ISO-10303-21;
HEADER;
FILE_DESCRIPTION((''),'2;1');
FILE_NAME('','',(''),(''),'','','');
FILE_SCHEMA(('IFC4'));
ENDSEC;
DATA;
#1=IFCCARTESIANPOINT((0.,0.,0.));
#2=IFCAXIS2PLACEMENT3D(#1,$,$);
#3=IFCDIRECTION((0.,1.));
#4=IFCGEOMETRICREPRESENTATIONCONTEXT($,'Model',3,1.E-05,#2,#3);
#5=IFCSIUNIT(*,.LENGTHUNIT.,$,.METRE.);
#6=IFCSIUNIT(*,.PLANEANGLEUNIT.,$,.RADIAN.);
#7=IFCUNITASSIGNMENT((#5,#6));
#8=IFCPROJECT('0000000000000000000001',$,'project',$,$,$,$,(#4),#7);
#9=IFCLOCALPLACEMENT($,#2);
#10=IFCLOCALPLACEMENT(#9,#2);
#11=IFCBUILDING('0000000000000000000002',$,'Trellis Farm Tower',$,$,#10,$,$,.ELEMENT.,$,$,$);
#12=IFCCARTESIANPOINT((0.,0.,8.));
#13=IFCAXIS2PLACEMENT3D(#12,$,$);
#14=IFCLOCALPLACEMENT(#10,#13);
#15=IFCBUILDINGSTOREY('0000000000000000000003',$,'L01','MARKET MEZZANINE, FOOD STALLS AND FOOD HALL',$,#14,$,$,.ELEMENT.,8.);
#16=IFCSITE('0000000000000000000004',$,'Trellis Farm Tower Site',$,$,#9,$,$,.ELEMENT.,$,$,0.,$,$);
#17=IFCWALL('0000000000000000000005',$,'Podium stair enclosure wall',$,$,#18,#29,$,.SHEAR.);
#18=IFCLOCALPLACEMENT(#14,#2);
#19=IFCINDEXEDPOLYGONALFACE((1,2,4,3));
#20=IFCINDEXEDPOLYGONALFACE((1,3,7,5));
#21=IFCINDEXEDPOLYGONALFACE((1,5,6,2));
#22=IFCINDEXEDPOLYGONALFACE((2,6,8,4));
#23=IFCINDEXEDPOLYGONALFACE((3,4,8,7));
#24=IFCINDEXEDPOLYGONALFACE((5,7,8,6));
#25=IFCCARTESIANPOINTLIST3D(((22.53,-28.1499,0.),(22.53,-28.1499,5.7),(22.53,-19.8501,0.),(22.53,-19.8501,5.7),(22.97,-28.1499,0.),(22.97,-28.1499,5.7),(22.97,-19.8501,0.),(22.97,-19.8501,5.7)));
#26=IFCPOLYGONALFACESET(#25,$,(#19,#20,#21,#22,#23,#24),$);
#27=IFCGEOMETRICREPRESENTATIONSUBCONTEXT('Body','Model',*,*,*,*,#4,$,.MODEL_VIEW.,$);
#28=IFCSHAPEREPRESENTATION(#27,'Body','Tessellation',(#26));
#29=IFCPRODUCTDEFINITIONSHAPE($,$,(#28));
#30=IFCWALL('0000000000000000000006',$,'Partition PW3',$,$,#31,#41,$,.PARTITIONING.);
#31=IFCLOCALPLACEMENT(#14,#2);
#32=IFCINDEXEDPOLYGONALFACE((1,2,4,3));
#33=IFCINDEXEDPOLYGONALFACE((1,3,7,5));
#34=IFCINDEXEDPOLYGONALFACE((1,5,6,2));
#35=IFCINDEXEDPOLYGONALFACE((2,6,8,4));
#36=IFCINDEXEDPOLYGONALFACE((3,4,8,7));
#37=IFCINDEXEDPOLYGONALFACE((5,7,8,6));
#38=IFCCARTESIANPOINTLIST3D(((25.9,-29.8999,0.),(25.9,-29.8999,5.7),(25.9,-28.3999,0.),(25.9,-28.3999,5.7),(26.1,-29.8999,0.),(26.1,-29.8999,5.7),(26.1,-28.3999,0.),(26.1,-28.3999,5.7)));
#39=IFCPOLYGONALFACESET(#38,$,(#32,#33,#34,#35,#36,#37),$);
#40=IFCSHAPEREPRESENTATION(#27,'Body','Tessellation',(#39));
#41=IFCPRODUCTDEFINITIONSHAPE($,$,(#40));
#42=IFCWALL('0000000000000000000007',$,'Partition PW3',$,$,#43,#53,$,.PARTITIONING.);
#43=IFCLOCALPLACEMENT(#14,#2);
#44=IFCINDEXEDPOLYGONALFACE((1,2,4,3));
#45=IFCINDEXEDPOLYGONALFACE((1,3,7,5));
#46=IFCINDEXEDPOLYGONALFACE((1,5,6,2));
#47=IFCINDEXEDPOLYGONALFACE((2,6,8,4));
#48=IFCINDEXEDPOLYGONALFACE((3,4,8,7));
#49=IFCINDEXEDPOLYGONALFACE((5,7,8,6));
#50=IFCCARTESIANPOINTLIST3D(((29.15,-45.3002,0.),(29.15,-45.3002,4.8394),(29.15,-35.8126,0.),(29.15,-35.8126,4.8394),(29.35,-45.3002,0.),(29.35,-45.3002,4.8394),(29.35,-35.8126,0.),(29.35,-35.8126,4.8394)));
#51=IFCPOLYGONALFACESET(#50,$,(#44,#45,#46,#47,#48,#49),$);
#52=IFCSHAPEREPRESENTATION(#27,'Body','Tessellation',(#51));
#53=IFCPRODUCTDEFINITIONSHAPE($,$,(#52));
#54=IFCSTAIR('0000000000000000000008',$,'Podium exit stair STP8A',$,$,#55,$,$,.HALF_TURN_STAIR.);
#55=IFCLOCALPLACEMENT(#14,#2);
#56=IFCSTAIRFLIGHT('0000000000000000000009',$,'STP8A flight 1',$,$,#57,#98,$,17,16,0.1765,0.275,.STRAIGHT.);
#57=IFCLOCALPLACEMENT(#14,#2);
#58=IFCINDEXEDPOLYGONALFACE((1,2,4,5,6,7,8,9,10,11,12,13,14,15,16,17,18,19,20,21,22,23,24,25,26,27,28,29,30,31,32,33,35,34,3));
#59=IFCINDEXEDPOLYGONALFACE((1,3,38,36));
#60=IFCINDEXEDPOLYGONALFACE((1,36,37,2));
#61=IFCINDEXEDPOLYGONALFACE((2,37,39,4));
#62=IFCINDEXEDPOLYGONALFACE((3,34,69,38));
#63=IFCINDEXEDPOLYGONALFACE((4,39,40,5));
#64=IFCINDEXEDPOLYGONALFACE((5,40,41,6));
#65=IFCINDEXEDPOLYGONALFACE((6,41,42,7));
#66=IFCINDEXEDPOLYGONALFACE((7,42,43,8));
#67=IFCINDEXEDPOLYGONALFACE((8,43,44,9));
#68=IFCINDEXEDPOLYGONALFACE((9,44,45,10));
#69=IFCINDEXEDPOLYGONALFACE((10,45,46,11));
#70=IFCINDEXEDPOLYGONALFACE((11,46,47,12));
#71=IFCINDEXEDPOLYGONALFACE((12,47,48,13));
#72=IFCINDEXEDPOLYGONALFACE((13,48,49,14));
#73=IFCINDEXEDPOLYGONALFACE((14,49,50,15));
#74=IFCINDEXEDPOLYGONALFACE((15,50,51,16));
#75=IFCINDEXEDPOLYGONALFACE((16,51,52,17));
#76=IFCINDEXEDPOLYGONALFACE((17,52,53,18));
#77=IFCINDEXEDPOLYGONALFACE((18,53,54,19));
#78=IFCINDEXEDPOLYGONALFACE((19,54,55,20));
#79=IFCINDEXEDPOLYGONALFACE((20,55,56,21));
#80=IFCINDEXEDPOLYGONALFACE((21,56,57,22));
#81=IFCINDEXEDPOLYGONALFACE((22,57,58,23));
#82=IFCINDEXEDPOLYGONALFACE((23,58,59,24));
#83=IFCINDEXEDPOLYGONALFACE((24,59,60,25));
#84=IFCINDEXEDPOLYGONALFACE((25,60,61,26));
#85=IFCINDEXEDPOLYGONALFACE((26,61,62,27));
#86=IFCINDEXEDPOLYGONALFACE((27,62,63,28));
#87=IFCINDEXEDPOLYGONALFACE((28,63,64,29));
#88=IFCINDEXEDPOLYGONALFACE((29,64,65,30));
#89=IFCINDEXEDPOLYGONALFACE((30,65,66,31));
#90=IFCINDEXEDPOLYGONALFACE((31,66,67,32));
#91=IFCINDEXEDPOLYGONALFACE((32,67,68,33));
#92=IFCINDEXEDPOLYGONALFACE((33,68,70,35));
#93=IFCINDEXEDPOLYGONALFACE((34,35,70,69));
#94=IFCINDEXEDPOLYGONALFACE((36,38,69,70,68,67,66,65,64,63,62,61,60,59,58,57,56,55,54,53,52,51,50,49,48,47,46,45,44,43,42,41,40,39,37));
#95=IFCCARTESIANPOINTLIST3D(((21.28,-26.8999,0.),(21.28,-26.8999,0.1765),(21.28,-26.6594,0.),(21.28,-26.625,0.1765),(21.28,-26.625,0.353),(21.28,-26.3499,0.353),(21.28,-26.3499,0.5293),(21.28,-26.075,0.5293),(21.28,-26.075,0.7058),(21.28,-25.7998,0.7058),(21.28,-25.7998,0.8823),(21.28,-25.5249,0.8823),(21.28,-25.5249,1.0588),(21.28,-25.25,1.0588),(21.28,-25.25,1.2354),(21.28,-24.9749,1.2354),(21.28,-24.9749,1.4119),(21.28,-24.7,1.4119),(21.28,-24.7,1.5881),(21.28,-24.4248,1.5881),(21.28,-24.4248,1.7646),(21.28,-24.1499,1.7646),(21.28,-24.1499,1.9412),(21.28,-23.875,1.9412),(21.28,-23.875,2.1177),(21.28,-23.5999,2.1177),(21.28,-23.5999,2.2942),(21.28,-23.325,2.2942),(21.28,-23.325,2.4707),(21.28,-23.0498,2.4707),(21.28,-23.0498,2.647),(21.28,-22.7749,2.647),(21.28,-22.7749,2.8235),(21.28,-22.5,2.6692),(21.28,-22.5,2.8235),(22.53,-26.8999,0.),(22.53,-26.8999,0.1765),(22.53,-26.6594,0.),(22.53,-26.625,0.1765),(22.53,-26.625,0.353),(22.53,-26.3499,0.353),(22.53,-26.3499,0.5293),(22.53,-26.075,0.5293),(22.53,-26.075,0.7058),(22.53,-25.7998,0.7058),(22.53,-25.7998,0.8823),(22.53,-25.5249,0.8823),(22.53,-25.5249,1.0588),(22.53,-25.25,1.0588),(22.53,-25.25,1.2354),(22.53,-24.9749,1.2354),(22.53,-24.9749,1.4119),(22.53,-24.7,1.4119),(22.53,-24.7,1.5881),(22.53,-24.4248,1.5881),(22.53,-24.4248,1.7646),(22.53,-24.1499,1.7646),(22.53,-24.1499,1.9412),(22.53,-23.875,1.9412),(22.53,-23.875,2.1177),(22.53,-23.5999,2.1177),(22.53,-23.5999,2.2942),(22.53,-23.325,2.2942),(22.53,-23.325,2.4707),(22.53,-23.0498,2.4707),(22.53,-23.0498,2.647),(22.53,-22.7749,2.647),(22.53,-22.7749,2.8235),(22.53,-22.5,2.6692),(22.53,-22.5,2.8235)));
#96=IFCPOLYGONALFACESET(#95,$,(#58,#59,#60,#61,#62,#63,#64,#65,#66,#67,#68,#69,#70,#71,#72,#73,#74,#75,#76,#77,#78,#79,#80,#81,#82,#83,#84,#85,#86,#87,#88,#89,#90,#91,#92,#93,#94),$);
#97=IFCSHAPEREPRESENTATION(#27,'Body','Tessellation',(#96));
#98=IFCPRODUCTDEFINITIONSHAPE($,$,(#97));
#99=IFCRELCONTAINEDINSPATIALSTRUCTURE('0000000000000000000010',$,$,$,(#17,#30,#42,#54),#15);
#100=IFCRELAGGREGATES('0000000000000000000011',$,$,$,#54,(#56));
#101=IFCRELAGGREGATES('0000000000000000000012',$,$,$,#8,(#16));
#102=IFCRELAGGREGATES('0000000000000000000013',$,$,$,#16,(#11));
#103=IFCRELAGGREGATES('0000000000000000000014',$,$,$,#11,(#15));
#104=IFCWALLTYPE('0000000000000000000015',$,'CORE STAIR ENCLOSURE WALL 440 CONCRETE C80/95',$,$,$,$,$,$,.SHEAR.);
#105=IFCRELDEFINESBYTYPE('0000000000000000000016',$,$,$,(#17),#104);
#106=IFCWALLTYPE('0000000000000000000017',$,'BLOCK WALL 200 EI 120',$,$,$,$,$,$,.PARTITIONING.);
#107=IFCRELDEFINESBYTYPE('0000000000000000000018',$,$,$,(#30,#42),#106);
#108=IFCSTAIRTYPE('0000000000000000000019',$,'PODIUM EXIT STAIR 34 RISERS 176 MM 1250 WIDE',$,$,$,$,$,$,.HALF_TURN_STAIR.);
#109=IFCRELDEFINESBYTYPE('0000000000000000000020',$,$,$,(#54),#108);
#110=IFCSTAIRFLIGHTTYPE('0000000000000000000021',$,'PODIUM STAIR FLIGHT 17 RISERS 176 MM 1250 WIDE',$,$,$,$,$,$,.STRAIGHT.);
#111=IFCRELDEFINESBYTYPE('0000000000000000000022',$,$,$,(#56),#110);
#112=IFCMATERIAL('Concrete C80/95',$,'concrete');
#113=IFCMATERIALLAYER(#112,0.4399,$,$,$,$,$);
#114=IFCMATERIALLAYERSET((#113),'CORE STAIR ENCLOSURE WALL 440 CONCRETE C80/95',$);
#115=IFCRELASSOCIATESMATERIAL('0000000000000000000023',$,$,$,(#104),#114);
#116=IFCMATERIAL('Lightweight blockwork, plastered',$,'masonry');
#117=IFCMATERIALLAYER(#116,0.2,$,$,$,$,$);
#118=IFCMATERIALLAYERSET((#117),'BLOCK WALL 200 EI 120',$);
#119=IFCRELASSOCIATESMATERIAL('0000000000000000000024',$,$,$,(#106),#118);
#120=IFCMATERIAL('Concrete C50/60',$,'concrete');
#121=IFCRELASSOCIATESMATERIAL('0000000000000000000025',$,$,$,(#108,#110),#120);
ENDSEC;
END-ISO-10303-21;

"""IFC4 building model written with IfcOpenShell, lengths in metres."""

from ifc_helpers import new_model, si_unit, direction, frame, frame_2d, origin, place, context, subcontext, project, spatial, polyline, rectangle, outline, extrude, source, transform, mapped, material, layer, layer_set, type_object, element, aggregate, save


model = new_model("IFC4")

# Units and contexts
model_context = context("Model", 3, precision=1e-05, world=origin(), true_north=direction((0.0, 1.0)))
body_context = subcontext(model_context, "Body", "Model", "MODEL_VIEW")
ifc_project = project(units=[si_unit("LENGTHUNIT", "METRE"), si_unit("PLANEANGLEUNIT", "RADIAN")], contexts=[model_context])

# Site, building, storey
site_placement = place(None, origin())
site = spatial("IfcSite", under=ifc_project, at=site_placement, Name="Trellis Farm Tower Site", CompositionType="ELEMENT", RefElevation=0.0)
building_placement = place(site_placement, origin())
building = spatial("IfcBuilding", under=site, at=building_placement, Name="Trellis Farm Tower", CompositionType="ELEMENT")
storey_placement = place(building_placement, frame((0.0, 0.0, 8.0)))
storey = spatial("IfcBuildingStorey", under=building, at=storey_placement, Name="L01", Description="MARKET MEZZANINE, FOOD STALLS AND FOOD HALL", CompositionType="ELEMENT", Elevation=8.0)

# Shared definitions
placement = place(storey_placement, origin())

# Shared definitions
ifc_material_1 = material(Name="Concrete C80/95", Category="concrete")

# Walls
ifc_layer_1 = layer(ifc_material_1, 0.4399)
ifc_layer_set_1 = layer_set([ifc_layer_1], Name="CORE STAIR ENCLOSURE WALL 440 CONCRETE C80/95")
wall_type_1 = type_object("IfcWallType", Name="CORE STAIR ENCLOSURE WALL 440 CONCRETE C80/95", PredefinedType="SHEAR", material=ifc_layer_set_1)
shared_shape_1 = source(origin(), body_context, "Body", "SweptSolid", [
    extrude(rectangle(XDim=8.2998, YDim=0.4399, at=frame_2d((4.1499, 0.0))), origin(), (0.0, 0.0, 1.0), 5.7),
])
wall_1_placement = place(storey_placement, frame((22.75, -28.1499, 0.0), z_axis=(0.0, 0.0, 1.0), x_axis=(0.0, 1.0, 0.0)))
element("IfcWall", 1, at=wall_1_placement, inside=storey, type_object=wall_type_1, Name="Podium stair enclosure wall", PredefinedType="SHEAR", context=body_context, shape_type="MappedRepresentation", body=[
    mapped(shared_shape_1, transform((0.0, 0.0, 0.0))),
])
ifc_material_2 = material(Name="Lightweight blockwork, plastered", Category="masonry")
ifc_layer_2 = layer(ifc_material_2, 0.2)
ifc_layer_set_2 = layer_set([ifc_layer_2], Name="BLOCK WALL 200 EI 120")
wall_type_2 = type_object("IfcWallType", Name="BLOCK WALL 200 EI 120", PredefinedType="PARTITIONING", material=ifc_layer_set_2)
shared_shape_2 = source(origin(), body_context, "Body", "SweptSolid", [
    extrude(rectangle(XDim=1.5, YDim=0.2, at=frame_2d((0.75, 0.0))), origin(), (0.0, 0.0, 1.0), 5.7),
])
wall_2_placement = place(storey_placement, frame((26.0, -29.8999, 0.0), z_axis=(0.0, 0.0, 1.0), x_axis=(0.0, 1.0, 0.0)))
element("IfcWall", 2, at=wall_2_placement, inside=storey, type_object=wall_type_2, Name="Partition PW3", PredefinedType="PARTITIONING", context=body_context, shape_type="MappedRepresentation", body=[
    mapped(shared_shape_2, transform((0.0, 0.0, 0.0))),
])
shared_shape_3 = source(origin(), body_context, "Body", "SweptSolid", [
    extrude(rectangle(XDim=9.4875, YDim=0.2, at=frame_2d((4.7437, 0.0))), origin(), (0.0, 0.0, 1.0), 4.8394),
])
wall_3_placement = place(storey_placement, frame((29.25, -45.3, 0.0), z_axis=(0.0, 0.0, 1.0), x_axis=(0.0, 1.0, 0.0)))
element("IfcWall", 3, at=wall_3_placement, inside=storey, type_object=wall_type_2, Name="Partition PW3", PredefinedType="PARTITIONING", context=body_context, shape_type="MappedRepresentation", body=[
    mapped(shared_shape_3, transform((0.0, 0.0, 0.0))),
])

# Stair, stair flight
ifc_material_3 = material(Name="Concrete C50/60", Category="concrete")
stair_type = type_object("IfcStairType", Name="PODIUM EXIT STAIR 34 RISERS 176 MM 1250 WIDE", PredefinedType="HALF_TURN_STAIR", material=ifc_material_3)
stair = element("IfcStair", 4, at=placement, inside=storey, type_object=stair_type, Name="Podium exit stair STP8A", PredefinedType="HALF_TURN_STAIR")
stair_flight_type = type_object("IfcStairFlightType", Name="PODIUM STAIR FLIGHT 17 RISERS 176 MM 1250 WIDE", PredefinedType="STRAIGHT", material=ifc_material_3)
shared_shape_4 = source(origin(), body_context, "Body", "SweptSolid", [
    extrude(outline(polyline([(0.0, 0.0), (0.0, 0.1765), (0.2749, 0.1765), (0.2749, 0.353), (0.55, 0.353), (0.55, 0.5293), (0.825, 0.5293), (0.825, 0.7058), (1.1001, 0.7058), (1.1001, 0.8823), (1.375, 0.8823), (1.375, 1.0588), (1.6499, 1.0588), (1.6499, 1.2354), (1.925, 1.2354), (1.925, 1.4119), (2.2, 1.4119), (2.2, 1.5881), (2.4751, 1.5881), (2.4751, 1.7646), (2.75, 1.7646), (2.75, 1.9412), (3.0249, 1.9412), (3.0249, 2.1177), (3.3, 2.1177), (3.3, 2.2942), (3.575, 2.2942), (3.575, 2.4707), (3.8501, 2.4707), (3.8501, 2.647), (4.125, 2.647), (4.125, 2.8235), (4.3999, 2.8235), (4.3999, 3.0), (4.3999, 2.6692), (0.2405, 0.0), (0.0, 0.0)])), frame((0.0, 0.625, 0.0), z_axis=(0.0, -1.0, 0.0), x_axis=(1.0, 0.0, 0.0)), (0.0, 0.0, 1.0), 1.25),
])
stair_flight_placement = place(storey_placement, frame((21.905, -26.8999, 0.0), z_axis=(0.0, 0.0, 1.0), x_axis=(0.0, 1.0, 0.0)))
stair_flight = element("IfcStairFlight", 5, at=stair_flight_placement, type_object=stair_flight_type, Name="STP8A flight 1", NumberOfRisers=17, NumberOfTreads=16, PredefinedType="STRAIGHT", RiserHeight=0.1765, TreadLength=0.275, context=body_context, shape_type="MappedRepresentation", body=[
    mapped(shared_shape_4, transform((0.0, 0.0, 0.0))),
])
aggregate(stair, [stair_flight])

save(model, "model.ifc")
